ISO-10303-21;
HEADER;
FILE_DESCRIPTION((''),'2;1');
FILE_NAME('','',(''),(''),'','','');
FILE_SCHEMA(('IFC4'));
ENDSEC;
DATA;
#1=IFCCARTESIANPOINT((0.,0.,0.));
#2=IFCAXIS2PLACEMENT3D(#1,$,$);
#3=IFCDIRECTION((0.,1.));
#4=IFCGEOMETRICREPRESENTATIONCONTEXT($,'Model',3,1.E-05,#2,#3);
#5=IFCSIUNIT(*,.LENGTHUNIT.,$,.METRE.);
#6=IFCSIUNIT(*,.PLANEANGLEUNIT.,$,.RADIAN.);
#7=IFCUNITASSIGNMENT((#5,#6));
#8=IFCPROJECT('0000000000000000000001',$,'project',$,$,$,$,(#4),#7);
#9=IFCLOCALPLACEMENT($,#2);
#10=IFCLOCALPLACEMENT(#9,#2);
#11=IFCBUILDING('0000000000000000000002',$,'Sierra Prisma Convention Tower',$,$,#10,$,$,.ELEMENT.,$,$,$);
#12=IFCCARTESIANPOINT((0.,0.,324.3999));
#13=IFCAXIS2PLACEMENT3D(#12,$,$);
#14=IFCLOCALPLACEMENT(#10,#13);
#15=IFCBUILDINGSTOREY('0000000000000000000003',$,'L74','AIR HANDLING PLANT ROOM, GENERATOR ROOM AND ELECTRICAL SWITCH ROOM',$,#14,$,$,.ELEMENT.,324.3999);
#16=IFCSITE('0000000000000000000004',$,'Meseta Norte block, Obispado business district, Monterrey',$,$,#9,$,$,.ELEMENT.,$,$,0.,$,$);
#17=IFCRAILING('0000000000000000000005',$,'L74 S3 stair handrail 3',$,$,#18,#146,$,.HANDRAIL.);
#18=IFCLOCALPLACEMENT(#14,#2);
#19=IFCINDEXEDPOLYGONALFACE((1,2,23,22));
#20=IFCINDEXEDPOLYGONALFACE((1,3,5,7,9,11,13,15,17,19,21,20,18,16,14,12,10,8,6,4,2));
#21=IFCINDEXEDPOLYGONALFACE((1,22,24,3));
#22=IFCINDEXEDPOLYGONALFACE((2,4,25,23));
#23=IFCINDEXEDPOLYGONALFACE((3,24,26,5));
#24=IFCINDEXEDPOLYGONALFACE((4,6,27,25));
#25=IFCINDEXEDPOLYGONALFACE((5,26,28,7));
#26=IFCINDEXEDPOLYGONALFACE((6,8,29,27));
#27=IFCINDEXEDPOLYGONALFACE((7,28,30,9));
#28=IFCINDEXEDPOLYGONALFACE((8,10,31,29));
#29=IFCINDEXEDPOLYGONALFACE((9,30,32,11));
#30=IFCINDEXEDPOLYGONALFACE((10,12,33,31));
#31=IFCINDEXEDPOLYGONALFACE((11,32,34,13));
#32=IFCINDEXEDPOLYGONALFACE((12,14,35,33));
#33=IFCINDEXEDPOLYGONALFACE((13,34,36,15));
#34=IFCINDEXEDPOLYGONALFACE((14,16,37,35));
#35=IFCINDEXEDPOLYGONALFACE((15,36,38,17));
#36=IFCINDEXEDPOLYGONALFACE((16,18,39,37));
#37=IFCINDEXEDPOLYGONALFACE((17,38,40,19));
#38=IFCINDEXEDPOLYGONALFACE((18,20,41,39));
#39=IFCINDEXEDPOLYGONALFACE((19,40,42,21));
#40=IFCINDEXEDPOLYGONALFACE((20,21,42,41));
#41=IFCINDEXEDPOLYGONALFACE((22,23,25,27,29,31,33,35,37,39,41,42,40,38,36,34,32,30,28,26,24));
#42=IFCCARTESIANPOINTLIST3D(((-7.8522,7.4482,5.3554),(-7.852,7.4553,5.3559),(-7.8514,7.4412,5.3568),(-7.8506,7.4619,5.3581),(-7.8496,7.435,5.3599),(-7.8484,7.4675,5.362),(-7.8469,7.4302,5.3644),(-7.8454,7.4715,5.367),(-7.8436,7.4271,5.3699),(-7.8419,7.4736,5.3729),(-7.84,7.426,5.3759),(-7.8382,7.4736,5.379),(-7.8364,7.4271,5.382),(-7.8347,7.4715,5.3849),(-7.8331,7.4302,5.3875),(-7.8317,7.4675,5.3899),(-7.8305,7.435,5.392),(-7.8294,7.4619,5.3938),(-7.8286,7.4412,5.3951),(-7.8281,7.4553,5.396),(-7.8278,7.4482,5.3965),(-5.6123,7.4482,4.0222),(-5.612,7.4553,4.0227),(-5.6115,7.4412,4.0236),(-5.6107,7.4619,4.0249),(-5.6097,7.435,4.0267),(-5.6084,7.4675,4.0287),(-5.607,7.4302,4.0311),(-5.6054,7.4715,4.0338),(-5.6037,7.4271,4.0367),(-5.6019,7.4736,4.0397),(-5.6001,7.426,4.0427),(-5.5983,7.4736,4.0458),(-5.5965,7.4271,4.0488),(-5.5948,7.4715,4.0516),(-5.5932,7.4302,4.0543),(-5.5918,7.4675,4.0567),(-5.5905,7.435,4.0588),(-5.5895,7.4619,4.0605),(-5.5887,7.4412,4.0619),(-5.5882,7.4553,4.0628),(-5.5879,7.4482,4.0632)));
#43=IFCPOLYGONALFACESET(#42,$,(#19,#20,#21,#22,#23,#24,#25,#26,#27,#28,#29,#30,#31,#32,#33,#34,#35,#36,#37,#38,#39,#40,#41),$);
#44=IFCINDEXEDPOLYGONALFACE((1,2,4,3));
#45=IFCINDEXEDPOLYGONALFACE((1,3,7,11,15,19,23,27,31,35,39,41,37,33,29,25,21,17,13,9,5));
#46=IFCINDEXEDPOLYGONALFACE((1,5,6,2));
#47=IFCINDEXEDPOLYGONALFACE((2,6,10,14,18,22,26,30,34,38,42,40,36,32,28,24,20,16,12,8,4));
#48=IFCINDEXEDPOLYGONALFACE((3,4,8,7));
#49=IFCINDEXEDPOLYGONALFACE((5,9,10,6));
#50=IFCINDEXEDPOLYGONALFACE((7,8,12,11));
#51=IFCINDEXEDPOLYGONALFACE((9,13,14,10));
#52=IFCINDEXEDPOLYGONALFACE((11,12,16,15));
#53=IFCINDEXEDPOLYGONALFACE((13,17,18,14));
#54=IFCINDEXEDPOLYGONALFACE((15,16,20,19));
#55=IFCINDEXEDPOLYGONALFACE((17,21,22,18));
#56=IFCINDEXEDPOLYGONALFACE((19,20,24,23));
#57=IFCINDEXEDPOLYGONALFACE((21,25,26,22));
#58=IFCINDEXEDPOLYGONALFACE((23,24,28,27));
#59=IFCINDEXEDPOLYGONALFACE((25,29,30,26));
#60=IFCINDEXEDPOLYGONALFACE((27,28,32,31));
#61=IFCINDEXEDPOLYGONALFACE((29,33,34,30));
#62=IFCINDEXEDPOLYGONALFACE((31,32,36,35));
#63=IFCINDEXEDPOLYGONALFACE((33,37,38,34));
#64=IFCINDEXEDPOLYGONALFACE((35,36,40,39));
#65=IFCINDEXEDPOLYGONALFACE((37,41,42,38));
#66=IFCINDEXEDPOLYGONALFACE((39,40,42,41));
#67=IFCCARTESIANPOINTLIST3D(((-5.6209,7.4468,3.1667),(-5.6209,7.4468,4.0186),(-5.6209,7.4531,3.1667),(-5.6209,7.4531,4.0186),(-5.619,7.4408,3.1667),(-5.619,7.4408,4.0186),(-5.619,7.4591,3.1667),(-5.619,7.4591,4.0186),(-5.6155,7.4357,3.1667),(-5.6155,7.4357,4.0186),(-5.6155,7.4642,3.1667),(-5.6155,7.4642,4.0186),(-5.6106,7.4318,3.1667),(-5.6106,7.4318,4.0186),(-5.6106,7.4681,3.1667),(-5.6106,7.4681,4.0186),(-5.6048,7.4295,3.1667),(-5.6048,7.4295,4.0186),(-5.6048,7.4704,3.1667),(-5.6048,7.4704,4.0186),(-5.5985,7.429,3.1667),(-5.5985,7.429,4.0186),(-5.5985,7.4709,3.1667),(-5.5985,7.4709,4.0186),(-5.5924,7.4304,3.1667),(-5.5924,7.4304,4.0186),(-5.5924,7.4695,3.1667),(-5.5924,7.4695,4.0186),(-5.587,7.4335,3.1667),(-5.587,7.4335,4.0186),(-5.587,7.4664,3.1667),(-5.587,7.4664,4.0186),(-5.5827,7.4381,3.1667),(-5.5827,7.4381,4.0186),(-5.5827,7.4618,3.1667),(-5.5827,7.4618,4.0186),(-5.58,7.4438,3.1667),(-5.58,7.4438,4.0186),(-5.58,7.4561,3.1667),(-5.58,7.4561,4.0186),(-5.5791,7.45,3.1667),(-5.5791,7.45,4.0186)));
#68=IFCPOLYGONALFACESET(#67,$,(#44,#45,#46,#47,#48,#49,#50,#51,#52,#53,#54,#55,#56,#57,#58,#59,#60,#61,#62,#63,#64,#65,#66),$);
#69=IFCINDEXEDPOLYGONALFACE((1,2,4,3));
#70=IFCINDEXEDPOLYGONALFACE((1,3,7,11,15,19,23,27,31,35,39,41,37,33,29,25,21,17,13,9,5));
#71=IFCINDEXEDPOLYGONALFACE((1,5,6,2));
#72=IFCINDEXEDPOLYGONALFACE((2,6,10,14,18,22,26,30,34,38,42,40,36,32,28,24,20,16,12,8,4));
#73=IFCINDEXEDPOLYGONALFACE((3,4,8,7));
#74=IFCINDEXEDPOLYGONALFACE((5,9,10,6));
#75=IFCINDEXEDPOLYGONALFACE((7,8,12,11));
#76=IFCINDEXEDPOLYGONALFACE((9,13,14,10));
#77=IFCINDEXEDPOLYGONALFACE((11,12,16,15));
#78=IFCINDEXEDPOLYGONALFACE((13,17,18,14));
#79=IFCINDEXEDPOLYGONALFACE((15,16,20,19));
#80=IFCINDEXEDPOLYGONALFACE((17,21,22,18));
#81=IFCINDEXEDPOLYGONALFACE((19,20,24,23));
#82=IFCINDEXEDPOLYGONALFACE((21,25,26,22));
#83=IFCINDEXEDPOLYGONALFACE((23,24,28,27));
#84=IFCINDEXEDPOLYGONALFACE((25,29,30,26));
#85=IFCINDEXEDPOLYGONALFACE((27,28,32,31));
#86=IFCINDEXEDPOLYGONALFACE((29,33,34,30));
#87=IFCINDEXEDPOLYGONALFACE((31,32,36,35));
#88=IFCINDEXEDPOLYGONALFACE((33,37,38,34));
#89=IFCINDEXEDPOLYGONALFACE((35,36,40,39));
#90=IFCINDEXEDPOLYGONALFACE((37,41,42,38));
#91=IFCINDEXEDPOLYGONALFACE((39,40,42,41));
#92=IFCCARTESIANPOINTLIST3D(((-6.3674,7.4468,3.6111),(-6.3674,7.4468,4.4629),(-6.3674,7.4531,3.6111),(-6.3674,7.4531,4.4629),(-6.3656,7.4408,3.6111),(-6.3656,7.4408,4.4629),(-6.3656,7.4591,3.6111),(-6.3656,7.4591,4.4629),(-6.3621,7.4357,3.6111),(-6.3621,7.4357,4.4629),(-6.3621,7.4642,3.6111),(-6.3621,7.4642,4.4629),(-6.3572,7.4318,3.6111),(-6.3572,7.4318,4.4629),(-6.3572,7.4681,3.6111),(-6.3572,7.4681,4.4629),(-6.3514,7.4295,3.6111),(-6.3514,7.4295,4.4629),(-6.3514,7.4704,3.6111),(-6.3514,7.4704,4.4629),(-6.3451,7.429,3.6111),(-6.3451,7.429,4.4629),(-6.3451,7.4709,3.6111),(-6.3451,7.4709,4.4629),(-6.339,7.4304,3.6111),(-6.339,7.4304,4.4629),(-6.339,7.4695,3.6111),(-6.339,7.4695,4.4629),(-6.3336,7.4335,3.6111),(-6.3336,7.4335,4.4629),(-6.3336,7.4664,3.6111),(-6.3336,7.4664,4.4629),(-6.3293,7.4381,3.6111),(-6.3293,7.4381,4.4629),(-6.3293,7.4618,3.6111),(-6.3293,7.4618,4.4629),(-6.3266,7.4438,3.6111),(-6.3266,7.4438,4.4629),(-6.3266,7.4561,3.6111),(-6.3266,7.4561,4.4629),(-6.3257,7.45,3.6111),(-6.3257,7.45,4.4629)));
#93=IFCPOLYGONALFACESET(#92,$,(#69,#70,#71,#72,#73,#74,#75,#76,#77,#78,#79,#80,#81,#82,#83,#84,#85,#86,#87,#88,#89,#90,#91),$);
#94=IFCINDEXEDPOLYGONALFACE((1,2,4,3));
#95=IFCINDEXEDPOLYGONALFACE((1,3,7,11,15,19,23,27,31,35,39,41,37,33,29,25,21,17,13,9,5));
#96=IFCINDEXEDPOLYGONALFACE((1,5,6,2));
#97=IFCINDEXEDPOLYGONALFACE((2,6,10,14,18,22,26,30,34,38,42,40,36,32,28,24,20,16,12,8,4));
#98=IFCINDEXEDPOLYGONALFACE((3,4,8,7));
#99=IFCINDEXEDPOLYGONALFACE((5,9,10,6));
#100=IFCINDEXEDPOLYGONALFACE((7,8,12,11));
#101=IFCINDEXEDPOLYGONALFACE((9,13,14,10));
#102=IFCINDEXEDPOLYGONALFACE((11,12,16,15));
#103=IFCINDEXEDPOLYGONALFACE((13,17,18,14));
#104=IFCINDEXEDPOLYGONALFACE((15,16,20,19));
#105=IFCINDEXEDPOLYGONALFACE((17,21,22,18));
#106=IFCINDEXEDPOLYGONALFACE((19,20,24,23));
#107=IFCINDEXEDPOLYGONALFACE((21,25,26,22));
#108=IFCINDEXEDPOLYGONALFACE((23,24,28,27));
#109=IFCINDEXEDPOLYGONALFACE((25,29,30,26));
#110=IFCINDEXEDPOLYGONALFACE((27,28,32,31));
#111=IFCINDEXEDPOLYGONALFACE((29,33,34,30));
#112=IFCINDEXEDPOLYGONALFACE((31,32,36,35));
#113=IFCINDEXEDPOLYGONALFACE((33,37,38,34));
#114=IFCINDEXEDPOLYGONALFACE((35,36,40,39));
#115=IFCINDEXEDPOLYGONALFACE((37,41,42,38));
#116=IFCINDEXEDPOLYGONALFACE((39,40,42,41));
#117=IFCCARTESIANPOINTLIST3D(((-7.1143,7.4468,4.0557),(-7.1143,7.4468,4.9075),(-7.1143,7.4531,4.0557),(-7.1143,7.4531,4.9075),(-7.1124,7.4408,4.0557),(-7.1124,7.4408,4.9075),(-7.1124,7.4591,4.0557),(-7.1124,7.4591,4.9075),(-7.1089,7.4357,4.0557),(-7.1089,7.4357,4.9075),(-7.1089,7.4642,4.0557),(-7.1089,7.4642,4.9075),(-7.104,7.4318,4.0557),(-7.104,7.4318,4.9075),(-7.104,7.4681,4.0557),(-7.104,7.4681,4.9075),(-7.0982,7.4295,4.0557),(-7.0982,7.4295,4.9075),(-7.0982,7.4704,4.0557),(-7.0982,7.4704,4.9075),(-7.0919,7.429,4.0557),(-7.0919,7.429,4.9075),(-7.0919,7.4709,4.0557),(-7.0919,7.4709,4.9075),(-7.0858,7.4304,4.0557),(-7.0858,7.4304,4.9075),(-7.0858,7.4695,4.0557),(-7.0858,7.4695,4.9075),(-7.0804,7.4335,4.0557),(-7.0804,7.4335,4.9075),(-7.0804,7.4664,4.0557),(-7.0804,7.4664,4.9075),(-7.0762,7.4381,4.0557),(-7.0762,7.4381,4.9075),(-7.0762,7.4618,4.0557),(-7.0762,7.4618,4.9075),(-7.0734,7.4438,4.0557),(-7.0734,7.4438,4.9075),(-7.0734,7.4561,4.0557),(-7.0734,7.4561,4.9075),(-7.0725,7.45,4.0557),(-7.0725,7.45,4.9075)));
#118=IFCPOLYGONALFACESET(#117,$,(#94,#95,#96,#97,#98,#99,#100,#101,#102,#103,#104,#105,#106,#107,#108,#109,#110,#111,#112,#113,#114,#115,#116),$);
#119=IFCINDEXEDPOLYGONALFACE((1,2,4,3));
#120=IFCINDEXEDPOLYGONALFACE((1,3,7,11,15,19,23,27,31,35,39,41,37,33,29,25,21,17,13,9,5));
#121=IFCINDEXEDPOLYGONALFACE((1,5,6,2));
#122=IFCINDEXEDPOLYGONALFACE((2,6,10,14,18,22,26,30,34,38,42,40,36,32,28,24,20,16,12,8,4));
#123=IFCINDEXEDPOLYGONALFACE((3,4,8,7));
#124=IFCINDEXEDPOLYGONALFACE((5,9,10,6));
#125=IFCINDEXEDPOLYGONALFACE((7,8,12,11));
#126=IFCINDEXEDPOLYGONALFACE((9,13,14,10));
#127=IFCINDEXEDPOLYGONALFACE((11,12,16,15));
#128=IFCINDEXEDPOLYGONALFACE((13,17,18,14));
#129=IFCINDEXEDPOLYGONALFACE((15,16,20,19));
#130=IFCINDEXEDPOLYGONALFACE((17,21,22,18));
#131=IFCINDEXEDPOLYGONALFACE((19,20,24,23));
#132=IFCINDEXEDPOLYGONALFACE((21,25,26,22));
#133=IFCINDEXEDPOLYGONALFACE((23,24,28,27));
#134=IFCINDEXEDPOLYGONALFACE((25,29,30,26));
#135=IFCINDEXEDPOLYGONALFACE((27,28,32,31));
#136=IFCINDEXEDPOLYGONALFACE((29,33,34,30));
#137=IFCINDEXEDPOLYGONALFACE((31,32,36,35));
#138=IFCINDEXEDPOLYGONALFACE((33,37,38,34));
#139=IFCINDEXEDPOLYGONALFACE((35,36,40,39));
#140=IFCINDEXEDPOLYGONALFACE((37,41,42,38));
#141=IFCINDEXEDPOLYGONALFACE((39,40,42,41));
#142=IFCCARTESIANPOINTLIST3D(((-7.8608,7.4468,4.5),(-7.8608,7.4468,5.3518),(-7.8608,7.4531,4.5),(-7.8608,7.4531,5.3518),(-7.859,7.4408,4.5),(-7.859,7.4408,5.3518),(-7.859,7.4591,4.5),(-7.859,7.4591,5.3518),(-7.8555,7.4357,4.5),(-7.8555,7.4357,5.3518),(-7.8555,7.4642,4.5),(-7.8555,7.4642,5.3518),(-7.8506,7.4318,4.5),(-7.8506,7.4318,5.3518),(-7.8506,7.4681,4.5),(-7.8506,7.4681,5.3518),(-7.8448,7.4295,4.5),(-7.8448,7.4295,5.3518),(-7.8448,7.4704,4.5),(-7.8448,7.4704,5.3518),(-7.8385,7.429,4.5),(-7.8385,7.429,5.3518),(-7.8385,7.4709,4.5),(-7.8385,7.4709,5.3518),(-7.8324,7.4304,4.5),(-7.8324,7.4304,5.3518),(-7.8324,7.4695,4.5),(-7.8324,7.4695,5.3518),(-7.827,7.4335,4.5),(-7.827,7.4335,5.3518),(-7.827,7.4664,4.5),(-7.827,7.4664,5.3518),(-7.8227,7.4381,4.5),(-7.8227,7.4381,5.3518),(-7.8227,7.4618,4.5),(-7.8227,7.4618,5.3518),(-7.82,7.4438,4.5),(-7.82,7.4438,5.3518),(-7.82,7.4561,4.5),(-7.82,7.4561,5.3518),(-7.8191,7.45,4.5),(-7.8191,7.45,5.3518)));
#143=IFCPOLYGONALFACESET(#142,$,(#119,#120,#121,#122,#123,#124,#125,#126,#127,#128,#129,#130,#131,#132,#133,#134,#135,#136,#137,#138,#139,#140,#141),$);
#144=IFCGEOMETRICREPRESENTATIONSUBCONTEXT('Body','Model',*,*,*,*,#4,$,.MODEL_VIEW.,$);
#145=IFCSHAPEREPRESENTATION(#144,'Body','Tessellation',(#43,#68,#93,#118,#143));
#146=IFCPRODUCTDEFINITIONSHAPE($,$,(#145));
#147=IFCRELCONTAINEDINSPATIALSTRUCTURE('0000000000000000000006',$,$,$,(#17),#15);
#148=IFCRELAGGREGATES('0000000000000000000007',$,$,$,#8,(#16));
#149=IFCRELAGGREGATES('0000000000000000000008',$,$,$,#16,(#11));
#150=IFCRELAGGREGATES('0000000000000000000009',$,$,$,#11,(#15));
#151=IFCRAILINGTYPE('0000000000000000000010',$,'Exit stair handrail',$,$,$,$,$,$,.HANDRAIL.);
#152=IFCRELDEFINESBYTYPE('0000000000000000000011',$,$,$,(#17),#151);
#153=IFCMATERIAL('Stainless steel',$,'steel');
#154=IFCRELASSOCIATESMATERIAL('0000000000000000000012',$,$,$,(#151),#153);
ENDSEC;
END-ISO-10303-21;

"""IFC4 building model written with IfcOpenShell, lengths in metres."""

from ifc_helpers import new_model, si_unit, direction, frame, origin, origin_2d, place, context, subcontext, project, spatial, circle, extrude, material, type_object, element, save


model = new_model("IFC4")

# Units and contexts
model_context = context("Model", 3, precision=1e-05, world=origin(), true_north=direction((0.0, 1.0)))
body_context = subcontext(model_context, "Body", "Model", "MODEL_VIEW")
ifc_project = project(units=[si_unit("LENGTHUNIT", "METRE"), si_unit("PLANEANGLEUNIT", "RADIAN")], contexts=[model_context])

# Site, building, storey
site_placement = place(None, origin())
site = spatial("IfcSite", under=ifc_project, at=site_placement, Name="Meseta Norte block, Obispado business district, Monterrey", CompositionType="ELEMENT", RefElevation=0.0)
building_placement = place(site_placement, origin())
building = spatial("IfcBuilding", under=site, at=building_placement, Name="Sierra Prisma Convention Tower", CompositionType="ELEMENT")
storey_placement = place(building_placement, frame((0.0, 0.0, 324.3999)))
storey = spatial("IfcBuildingStorey", under=building, at=storey_placement, Name="L74", Description="AIR HANDLING PLANT ROOM, GENERATOR ROOM AND ELECTRICAL SWITCH ROOM", CompositionType="ELEMENT", Elevation=324.3999)

# Railing
ifc_material_1 = material(Name="Stainless steel", Category="steel")
railing_type = type_object("IfcRailingType", Name="Exit stair handrail", PredefinedType="HANDRAIL", material=ifc_material_1)
for number, where, name in (
    (1, (-5.6001, 7.45, 3.1667), "L74 S3 stair handrail 3"),
):
    element("IfcRailing", number, at=place(storey_placement, frame(where)), inside=storey, type_object=railing_type, Name=name, PredefinedType="HANDRAIL", context=body_context, shape_type="SweptSolid", body=[
        extrude(circle(Radius=0.0239, at=origin_2d()), frame((0.0, 0.0, 0.876), z_axis=(-0.859306, 0.0, 0.511462), x_axis=(0.0, -1.0, 0.0)), (0.0, 0.0, 1.0), 2.6067),
        extrude(circle(Radius=0.021, at=origin_2d()), origin(), (0.0, 0.0, 1.0), 0.8518),
        extrude(circle(Radius=0.021, at=origin_2d()), frame((-0.7466, 0.0, 0.4443)), (0.0, 0.0, 1.0), 0.8518),
        extrude(circle(Radius=0.021, at=origin_2d()), frame((-1.4934, 0.0, 0.8889)), (0.0, 0.0, 1.0), 0.8518),
        extrude(circle(Radius=0.021, at=origin_2d()), frame((-2.24, 0.0, 1.3333)), (0.0, 0.0, 1.0), 0.8518),
    ])

save(model, "model.ifc")
